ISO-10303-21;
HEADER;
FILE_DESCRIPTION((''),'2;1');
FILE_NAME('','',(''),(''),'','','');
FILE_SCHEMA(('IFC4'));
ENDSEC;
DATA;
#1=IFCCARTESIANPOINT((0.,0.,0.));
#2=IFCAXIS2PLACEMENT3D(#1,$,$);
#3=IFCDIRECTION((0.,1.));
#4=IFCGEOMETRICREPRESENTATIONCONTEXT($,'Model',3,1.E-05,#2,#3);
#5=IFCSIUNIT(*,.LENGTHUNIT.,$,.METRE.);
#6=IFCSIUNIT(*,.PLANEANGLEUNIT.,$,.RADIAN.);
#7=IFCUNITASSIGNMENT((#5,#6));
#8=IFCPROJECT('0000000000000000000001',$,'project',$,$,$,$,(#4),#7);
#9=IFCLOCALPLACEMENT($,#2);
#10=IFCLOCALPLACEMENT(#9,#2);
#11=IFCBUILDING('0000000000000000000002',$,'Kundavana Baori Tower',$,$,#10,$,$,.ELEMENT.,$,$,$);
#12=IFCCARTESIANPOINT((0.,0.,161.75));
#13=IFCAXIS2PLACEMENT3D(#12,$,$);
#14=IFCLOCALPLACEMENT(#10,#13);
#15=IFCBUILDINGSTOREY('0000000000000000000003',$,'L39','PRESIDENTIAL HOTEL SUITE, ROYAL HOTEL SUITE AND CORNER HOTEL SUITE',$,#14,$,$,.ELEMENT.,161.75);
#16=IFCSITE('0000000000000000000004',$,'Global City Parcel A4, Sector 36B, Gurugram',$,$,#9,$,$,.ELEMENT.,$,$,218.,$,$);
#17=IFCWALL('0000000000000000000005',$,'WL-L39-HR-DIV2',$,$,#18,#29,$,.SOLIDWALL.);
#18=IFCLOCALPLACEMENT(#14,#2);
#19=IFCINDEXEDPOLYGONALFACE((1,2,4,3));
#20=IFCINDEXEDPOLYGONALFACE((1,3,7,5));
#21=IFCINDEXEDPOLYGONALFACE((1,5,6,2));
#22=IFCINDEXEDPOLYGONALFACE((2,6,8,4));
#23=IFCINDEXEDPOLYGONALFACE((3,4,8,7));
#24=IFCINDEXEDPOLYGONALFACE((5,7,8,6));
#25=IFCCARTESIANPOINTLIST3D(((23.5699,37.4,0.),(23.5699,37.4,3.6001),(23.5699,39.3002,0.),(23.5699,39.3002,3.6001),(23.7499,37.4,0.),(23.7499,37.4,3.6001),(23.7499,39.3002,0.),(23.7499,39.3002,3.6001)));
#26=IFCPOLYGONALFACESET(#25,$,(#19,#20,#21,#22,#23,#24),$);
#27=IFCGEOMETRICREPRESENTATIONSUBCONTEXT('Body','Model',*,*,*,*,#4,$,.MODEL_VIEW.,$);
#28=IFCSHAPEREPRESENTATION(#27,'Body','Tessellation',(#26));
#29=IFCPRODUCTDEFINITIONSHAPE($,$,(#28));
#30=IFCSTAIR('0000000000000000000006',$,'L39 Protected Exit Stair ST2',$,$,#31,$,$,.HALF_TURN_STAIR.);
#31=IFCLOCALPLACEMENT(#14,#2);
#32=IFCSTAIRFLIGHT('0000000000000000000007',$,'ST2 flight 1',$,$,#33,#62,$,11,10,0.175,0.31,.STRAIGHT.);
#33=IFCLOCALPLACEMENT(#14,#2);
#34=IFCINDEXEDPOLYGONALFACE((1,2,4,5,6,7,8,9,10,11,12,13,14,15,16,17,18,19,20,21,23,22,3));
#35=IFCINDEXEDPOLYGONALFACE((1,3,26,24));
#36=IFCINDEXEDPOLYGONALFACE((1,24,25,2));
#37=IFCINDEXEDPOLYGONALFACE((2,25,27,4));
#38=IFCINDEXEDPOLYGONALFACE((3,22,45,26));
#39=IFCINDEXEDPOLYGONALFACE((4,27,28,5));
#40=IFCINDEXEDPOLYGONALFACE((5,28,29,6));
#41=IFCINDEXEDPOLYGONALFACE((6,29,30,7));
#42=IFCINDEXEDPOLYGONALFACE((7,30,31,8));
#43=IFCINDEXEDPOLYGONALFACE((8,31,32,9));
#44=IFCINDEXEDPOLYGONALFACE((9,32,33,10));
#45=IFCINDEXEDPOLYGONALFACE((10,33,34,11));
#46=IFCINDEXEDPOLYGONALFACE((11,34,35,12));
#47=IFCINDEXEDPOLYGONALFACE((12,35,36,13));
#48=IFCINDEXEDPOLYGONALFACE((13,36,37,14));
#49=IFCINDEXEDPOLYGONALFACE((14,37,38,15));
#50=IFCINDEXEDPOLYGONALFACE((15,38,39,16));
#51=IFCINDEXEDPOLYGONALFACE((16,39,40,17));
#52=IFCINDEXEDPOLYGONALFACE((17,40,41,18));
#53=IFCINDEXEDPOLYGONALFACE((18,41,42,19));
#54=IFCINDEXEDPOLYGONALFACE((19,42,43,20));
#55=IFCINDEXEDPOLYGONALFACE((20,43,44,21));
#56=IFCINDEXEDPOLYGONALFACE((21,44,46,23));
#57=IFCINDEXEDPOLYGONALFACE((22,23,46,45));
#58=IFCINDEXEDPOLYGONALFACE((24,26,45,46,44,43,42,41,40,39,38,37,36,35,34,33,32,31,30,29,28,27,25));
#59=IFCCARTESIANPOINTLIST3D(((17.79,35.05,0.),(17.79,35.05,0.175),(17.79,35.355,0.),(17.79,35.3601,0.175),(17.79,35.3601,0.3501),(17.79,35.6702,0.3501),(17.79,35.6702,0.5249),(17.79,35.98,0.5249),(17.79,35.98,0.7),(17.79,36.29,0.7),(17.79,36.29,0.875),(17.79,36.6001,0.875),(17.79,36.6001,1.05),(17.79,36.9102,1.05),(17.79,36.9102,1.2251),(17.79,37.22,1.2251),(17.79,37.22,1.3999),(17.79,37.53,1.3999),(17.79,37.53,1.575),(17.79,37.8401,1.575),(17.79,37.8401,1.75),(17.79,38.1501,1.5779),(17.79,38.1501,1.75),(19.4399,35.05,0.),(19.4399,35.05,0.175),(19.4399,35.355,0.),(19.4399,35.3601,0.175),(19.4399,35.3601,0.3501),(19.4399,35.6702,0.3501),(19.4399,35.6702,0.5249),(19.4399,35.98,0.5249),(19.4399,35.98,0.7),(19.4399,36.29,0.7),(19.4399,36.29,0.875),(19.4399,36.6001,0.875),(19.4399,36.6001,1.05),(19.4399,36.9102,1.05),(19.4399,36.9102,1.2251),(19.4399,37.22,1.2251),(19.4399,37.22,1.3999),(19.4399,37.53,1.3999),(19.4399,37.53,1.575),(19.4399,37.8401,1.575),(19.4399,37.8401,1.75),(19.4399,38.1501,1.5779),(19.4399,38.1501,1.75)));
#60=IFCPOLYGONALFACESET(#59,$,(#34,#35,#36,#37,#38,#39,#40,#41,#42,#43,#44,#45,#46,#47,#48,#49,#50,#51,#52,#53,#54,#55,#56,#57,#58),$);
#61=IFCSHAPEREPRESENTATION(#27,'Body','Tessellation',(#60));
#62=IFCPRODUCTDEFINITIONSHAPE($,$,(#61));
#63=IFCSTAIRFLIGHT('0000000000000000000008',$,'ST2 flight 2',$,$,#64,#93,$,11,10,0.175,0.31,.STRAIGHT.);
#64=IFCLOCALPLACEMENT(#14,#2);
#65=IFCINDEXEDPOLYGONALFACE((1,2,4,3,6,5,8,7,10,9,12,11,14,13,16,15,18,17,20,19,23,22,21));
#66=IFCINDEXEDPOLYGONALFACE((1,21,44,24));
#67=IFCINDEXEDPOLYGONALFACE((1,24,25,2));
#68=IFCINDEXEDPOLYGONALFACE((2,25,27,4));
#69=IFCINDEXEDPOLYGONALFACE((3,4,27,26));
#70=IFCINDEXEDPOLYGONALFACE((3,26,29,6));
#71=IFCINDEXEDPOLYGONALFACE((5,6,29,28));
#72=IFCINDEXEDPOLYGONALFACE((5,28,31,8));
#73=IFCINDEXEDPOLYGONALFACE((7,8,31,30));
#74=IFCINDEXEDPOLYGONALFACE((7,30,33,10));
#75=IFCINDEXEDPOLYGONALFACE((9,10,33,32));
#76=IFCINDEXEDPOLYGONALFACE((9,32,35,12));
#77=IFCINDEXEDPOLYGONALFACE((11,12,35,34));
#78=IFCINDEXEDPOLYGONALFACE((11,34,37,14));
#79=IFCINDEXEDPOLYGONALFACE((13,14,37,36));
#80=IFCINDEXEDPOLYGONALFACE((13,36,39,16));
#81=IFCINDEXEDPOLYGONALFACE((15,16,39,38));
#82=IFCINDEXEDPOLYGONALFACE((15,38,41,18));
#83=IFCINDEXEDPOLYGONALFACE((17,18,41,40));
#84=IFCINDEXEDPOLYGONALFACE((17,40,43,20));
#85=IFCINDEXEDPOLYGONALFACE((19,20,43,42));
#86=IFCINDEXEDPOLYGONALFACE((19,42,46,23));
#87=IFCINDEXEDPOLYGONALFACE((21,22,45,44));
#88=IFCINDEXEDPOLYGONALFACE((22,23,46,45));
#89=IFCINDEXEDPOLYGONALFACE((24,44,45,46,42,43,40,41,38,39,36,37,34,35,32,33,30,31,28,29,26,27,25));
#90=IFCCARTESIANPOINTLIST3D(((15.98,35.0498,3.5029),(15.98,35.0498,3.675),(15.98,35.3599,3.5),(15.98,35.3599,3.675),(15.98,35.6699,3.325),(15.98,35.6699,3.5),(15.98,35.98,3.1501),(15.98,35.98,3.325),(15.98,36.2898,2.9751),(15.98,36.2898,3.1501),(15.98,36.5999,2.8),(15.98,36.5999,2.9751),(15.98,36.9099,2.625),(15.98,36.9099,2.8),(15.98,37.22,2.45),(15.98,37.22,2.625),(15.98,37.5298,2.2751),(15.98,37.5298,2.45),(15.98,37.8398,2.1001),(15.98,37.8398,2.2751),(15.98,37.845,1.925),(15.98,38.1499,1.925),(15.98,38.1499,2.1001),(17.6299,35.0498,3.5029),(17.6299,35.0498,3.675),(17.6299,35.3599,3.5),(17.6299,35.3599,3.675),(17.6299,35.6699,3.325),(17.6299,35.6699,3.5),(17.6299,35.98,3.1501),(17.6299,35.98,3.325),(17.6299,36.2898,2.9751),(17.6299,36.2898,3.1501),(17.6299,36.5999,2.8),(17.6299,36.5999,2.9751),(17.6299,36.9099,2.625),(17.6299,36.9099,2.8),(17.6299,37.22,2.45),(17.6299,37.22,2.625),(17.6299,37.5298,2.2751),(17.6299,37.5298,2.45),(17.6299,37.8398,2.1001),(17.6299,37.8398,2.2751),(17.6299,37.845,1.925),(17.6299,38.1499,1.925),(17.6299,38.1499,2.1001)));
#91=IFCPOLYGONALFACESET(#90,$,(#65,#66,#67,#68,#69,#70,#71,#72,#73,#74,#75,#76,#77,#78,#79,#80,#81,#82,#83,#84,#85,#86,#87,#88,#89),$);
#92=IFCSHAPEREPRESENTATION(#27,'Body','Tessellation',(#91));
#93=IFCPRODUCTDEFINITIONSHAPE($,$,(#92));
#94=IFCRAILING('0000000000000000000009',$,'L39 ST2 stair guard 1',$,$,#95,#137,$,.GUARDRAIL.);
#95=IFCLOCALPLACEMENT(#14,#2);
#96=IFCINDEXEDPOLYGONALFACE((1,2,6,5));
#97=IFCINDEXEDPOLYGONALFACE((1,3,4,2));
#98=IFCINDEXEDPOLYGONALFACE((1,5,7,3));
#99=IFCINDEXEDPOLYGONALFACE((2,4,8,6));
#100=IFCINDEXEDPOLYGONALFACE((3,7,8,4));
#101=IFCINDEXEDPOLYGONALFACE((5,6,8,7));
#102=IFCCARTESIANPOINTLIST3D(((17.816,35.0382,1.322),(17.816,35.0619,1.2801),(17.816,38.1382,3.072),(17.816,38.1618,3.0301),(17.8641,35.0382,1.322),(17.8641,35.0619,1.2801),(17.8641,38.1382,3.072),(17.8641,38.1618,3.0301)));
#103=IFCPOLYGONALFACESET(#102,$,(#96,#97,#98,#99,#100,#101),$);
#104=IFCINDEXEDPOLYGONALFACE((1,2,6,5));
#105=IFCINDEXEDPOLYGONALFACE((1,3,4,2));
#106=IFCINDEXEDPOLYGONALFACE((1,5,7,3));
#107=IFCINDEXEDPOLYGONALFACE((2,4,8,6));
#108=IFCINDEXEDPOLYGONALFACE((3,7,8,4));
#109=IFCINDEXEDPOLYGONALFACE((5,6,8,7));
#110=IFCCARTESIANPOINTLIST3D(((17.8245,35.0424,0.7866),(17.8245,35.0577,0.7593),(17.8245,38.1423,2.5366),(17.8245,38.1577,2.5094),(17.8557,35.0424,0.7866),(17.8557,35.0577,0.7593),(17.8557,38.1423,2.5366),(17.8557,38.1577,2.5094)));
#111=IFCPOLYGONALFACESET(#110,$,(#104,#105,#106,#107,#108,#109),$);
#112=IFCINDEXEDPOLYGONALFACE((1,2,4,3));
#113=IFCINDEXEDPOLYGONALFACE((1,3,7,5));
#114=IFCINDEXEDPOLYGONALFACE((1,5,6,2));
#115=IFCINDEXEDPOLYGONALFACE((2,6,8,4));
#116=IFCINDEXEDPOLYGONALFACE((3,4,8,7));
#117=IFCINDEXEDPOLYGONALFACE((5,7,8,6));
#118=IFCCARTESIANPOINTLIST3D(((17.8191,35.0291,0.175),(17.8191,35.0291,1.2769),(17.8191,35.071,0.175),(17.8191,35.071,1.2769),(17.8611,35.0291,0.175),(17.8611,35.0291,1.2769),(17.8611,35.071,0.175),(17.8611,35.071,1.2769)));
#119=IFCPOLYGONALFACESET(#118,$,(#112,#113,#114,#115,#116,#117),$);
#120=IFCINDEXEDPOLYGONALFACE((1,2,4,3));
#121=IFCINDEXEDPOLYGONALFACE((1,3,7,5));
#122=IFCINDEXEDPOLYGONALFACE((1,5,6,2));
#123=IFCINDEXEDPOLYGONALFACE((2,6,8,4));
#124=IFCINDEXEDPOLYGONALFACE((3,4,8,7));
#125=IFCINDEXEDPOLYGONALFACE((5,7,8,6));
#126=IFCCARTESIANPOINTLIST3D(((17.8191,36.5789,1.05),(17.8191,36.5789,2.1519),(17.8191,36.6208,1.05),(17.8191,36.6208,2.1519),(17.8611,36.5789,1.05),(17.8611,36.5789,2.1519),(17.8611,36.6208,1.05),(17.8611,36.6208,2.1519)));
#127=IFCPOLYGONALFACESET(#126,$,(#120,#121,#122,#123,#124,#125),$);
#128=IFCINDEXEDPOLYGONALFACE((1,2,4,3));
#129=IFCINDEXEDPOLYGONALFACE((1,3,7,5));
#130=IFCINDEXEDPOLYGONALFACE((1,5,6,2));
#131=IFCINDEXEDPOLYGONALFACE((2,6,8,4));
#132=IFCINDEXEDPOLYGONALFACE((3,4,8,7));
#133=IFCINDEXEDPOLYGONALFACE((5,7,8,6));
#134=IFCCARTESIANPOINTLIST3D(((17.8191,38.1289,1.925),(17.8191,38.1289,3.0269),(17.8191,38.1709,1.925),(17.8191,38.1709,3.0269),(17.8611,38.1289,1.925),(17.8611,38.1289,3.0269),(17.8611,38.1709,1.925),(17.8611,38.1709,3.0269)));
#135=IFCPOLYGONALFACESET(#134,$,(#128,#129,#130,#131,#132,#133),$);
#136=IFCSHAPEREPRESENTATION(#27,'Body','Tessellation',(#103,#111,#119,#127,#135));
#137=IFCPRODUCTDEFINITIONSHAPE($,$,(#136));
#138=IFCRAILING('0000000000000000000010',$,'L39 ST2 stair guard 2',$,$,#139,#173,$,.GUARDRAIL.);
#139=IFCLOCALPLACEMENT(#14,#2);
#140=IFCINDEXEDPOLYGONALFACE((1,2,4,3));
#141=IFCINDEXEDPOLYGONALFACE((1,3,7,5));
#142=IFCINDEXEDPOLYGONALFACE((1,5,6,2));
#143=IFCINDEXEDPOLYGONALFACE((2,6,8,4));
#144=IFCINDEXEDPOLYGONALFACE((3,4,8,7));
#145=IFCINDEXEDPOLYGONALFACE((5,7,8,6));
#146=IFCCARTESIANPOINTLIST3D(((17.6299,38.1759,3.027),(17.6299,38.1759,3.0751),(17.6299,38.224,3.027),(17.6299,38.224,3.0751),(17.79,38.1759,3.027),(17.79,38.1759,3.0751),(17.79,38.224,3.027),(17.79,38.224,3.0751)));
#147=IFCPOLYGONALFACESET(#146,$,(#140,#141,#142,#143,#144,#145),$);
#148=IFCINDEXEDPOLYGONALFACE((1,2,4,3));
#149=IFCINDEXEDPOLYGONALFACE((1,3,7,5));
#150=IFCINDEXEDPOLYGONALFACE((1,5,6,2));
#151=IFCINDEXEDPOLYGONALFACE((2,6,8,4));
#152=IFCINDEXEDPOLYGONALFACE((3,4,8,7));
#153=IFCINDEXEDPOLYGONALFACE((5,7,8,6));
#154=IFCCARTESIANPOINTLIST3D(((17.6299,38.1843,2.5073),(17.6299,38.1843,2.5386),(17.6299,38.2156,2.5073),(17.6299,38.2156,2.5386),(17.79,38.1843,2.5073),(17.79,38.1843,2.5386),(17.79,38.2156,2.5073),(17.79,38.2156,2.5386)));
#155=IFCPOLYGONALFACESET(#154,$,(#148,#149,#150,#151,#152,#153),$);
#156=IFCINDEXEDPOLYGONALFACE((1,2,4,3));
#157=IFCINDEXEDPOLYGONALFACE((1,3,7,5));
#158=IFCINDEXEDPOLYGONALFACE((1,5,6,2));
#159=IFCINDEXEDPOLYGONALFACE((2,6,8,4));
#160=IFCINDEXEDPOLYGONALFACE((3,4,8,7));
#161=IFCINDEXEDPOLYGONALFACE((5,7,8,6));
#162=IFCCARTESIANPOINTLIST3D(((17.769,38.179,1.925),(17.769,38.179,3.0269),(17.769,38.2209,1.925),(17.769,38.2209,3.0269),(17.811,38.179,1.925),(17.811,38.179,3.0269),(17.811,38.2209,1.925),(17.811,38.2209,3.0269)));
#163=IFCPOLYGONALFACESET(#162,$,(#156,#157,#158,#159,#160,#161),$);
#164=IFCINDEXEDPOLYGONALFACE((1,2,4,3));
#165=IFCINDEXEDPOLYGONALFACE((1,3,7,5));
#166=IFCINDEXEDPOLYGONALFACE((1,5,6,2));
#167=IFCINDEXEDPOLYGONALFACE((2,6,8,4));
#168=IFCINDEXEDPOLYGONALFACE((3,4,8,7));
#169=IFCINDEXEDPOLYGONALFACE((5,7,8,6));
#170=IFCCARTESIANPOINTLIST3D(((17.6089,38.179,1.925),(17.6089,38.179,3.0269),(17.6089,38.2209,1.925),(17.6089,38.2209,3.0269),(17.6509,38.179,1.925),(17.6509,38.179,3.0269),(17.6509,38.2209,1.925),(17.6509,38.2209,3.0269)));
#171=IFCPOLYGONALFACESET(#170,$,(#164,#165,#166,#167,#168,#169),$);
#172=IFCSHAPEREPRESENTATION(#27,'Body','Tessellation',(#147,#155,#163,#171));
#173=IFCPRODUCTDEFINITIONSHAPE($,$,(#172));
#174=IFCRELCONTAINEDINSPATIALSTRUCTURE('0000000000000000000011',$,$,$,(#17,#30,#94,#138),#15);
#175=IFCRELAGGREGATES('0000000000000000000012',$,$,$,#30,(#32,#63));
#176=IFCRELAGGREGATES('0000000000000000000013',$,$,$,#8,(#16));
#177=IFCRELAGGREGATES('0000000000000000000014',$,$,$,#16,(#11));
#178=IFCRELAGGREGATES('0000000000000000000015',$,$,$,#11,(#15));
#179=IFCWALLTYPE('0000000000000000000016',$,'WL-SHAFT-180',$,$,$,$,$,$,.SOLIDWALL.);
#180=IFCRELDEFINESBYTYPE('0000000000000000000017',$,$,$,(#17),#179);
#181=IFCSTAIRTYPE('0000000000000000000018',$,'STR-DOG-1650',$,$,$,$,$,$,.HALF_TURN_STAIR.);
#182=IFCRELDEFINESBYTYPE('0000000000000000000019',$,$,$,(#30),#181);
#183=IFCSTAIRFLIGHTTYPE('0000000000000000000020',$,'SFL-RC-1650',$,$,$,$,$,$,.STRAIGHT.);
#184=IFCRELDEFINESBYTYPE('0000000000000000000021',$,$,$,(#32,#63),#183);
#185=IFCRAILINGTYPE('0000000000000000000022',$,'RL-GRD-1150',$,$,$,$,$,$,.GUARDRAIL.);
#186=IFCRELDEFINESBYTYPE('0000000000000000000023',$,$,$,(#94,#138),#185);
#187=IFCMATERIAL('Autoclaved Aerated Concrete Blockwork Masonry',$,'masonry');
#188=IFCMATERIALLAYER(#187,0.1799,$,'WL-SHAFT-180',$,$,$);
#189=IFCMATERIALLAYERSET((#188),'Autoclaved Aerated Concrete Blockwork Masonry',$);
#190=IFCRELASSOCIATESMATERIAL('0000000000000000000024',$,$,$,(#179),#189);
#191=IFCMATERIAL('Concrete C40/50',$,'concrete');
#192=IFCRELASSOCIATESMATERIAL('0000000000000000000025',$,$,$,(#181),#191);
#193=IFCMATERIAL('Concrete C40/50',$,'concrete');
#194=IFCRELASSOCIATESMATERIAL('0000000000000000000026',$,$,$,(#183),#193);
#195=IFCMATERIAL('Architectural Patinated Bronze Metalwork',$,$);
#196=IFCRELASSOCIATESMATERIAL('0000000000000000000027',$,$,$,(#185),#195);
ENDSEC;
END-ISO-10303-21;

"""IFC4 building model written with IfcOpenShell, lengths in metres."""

from ifc_helpers import new_model, si_unit, direction, frame, frame_2d, origin, origin_2d, place, context, subcontext, project, spatial, polyline, rectangle, outline, extrude, material, layer, layer_set, type_object, element, aggregate, save


model = new_model("IFC4")

# Units and contexts
model_context = context("Model", 3, precision=1e-05, world=origin(), true_north=direction((0.0, 1.0)))
body_context = subcontext(model_context, "Body", "Model", "MODEL_VIEW")
ifc_project = project(units=[si_unit("LENGTHUNIT", "METRE"), si_unit("PLANEANGLEUNIT", "RADIAN")], contexts=[model_context])

# Site, building, storey
site_placement = place(None, origin())
site = spatial("IfcSite", under=ifc_project, at=site_placement, Name="Global City Parcel A4, Sector 36B, Gurugram", CompositionType="ELEMENT", RefElevation=218.0)
building_placement = place(site_placement, origin())
building = spatial("IfcBuilding", under=site, at=building_placement, Name="Kundavana Baori Tower", CompositionType="ELEMENT")
storey_placement = place(building_placement, frame((0.0, 0.0, 161.75)))
storey = spatial("IfcBuildingStorey", under=building, at=storey_placement, Name="L39", Description="PRESIDENTIAL HOTEL SUITE, ROYAL HOTEL SUITE AND CORNER HOTEL SUITE", CompositionType="ELEMENT", Elevation=161.75)

# Shared definitions
ifc_material_1 = material(Name="Autoclaved Aerated Concrete Blockwork Masonry", Category="masonry")
ifc_layer_1 = layer(ifc_material_1, 0.1799, Name="WL-SHAFT-180")
ifc_layer_set_1 = layer_set([ifc_layer_1], Name="Autoclaved Aerated Concrete Blockwork Masonry")
wall_type_1 = type_object("IfcWallType", Name="WL-SHAFT-180", PredefinedType="SOLIDWALL", material=ifc_layer_set_1)

# Wall
wall_1_placement = place(storey_placement, frame((23.6599, 37.3999, 0.0), z_axis=(0.0, 0.0, 1.0), x_axis=(0.0, 1.0, 0.0)))
element("IfcWall", 1, at=wall_1_placement, inside=storey, type_object=wall_type_1, Name="WL-L39-HR-DIV2", PredefinedType="SOLIDWALL", context=body_context, shape_type="SweptSolid", body=[
    extrude(rectangle(XDim=1.9001, YDim=0.1799, at=frame_2d((0.9502, 0.0))), origin(), (0.0, 0.0, 1.0), 3.6001),
])

# Stair, stair flights
ifc_material_2 = material(Name="Concrete C40/50", Category="concrete")
stair_type = type_object("IfcStairType", Name="STR-DOG-1650", PredefinedType="HALF_TURN_STAIR", material=ifc_material_2)
stair_placement = place(storey_placement, origin())
stair = element("IfcStair", 2, at=stair_placement, inside=storey, type_object=stair_type, Name="L39 Protected Exit Stair ST2", PredefinedType="HALF_TURN_STAIR")
ifc_material_3 = material(Name="Concrete C40/50", Category="concrete")
stair_flight_type = type_object("IfcStairFlightType", Name="SFL-RC-1650", PredefinedType="STRAIGHT", material=ifc_material_3)
stair_flight_1_placement = place(storey_placement, frame((18.615, 35.05, 0.0), z_axis=(0.0, 0.0, 1.0), x_axis=(0.0, 1.0, 0.0)))
stair_flight_1 = element("IfcStairFlight", 3, at=stair_flight_1_placement, type_object=stair_flight_type, Name="ST2 flight 1", NumberOfRisers=11, NumberOfTreads=10, PredefinedType="STRAIGHT", RiserHeight=0.175, TreadLength=0.31, context=body_context, shape_type="SweptSolid", body=[
    extrude(outline(polyline([(0.0, 0.0), (0.0, 0.175), (0.3101, 0.175), (0.3101, 0.3501), (0.6201, 0.3501), (0.6201, 0.5249), (0.9299, 0.5249), (0.9299, 0.7), (1.24, 0.7), (1.24, 0.875), (1.55, 0.875), (1.55, 1.05), (1.8601, 1.05), (1.8601, 1.2251), (2.1699, 1.2251), (2.1699, 1.3999), (2.48, 1.3999), (2.48, 1.575), (2.79, 1.575), (2.79, 1.75), (3.1001, 1.75), (3.1001, 1.925), (3.1001, 1.5779), (0.3049, 0.0), (0.0, 0.0)])), frame((0.0, 0.825, 0.0), z_axis=(0.0, -1.0, 0.0), x_axis=(1.0, 0.0, 0.0)), (0.0, 0.0, 1.0), 1.6499),
])
stair_flight_2_placement = place(storey_placement, frame((16.8049, 38.1499, 1.925), z_axis=(0.0, 0.0, 1.0), x_axis=(0.0, -1.0, 0.0)))
stair_flight_2 = element("IfcStairFlight", 4, at=stair_flight_2_placement, type_object=stair_flight_type, Name="ST2 flight 2", NumberOfRisers=11, NumberOfTreads=10, PredefinedType="STRAIGHT", RiserHeight=0.175, TreadLength=0.31, context=body_context, shape_type="SweptSolid", body=[
    extrude(outline(polyline([(0.0, 0.0), (0.0, 0.175), (0.3101, 0.175), (0.3101, 0.3501), (0.6201, 0.3501), (0.6201, 0.5249), (0.9299, 0.5249), (0.9299, 0.7), (1.24, 0.7), (1.24, 0.875), (1.55, 0.875), (1.55, 1.05), (1.8601, 1.05), (1.8601, 1.2251), (2.1699, 1.2251), (2.1699, 1.3999), (2.48, 1.3999), (2.48, 1.575), (2.79, 1.575), (2.79, 1.75), (3.1001, 1.75), (3.1001, 1.925), (3.1001, 1.5779), (0.3049, 0.0), (0.0, 0.0)])), frame((0.0, 0.825, 0.0), z_axis=(0.0, -1.0, 0.0), x_axis=(1.0, 0.0, 0.0)), (0.0, 0.0, 1.0), 1.6499),
])
aggregate(stair, [stair_flight_1, stair_flight_2])

# Railings
ifc_material_4 = material(Name="Architectural Patinated Bronze Metalwork")
railing_type_1 = type_object("IfcRailingType", Name="RL-GRD-1150", PredefinedType="GUARDRAIL", material=ifc_material_4)
railing_1_placement = place(storey_placement, frame((17.8401, 35.05, 0.175)))
element("IfcRailing", 5, at=railing_1_placement, inside=storey, type_object=railing_type_1, Name="L39 ST2 stair guard 1", PredefinedType="GUARDRAIL", context=body_context, shape_type="SweptSolid", body=[
    extrude(rectangle(XDim=0.0481, YDim=0.0481, at=origin_2d()), frame((0.0, 0.0, 1.126), z_axis=(0.0, 0.870814, 0.491612), x_axis=(-1.0, 0.0, 0.0)), (0.0, 0.0, 1.0), 3.5598),
    extrude(rectangle(XDim=0.0312, YDim=0.0312, at=origin_2d()), frame((0.0, 0.0, 0.5979), z_axis=(0.0, 0.870814, 0.491612), x_axis=(-1.0, 0.0, 0.0)), (0.0, 0.0, 1.0), 3.5598),
    extrude(rectangle(XDim=0.042, YDim=0.042, at=origin_2d()), origin(), (0.0, 0.0, 1.0), 1.1018),
    extrude(rectangle(XDim=0.042, YDim=0.042, at=origin_2d()), frame((0.0, 1.5498, 0.875)), (0.0, 0.0, 1.0), 1.1018),
    extrude(rectangle(XDim=0.042, YDim=0.042, at=origin_2d()), frame((0.0, 3.0999, 1.75)), (0.0, 0.0, 1.0), 1.1018),
])
railing_2_placement = place(storey_placement, frame((17.79, 38.2, 1.925)))
element("IfcRailing", 6, at=railing_2_placement, inside=storey, type_object=railing_type_1, Name="L39 ST2 stair guard 2", PredefinedType="GUARDRAIL", context=body_context, shape_type="SweptSolid", body=[
    extrude(rectangle(XDim=0.0481, YDim=0.0481, at=origin_2d()), frame((0.0, 0.0, 1.126), z_axis=(-1.0, 0.0, 0.0), x_axis=(0.0, -1.0, 0.0)), (0.0, 0.0, 1.0), 0.1602),
    extrude(rectangle(XDim=0.0312, YDim=0.0312, at=origin_2d()), frame((0.0, 0.0, 0.5979), z_axis=(-1.0, 0.0, 0.0), x_axis=(0.0, -1.0, 0.0)), (0.0, 0.0, 1.0), 0.1602),
    extrude(rectangle(XDim=0.042, YDim=0.042, at=origin_2d()), origin(), (0.0, 0.0, 1.0), 1.1018),
    extrude(rectangle(XDim=0.042, YDim=0.042, at=origin_2d()), frame((-0.1602, 0.0, 0.0)), (0.0, 0.0, 1.0), 1.1018),
])

save(model, "model.ifc")
